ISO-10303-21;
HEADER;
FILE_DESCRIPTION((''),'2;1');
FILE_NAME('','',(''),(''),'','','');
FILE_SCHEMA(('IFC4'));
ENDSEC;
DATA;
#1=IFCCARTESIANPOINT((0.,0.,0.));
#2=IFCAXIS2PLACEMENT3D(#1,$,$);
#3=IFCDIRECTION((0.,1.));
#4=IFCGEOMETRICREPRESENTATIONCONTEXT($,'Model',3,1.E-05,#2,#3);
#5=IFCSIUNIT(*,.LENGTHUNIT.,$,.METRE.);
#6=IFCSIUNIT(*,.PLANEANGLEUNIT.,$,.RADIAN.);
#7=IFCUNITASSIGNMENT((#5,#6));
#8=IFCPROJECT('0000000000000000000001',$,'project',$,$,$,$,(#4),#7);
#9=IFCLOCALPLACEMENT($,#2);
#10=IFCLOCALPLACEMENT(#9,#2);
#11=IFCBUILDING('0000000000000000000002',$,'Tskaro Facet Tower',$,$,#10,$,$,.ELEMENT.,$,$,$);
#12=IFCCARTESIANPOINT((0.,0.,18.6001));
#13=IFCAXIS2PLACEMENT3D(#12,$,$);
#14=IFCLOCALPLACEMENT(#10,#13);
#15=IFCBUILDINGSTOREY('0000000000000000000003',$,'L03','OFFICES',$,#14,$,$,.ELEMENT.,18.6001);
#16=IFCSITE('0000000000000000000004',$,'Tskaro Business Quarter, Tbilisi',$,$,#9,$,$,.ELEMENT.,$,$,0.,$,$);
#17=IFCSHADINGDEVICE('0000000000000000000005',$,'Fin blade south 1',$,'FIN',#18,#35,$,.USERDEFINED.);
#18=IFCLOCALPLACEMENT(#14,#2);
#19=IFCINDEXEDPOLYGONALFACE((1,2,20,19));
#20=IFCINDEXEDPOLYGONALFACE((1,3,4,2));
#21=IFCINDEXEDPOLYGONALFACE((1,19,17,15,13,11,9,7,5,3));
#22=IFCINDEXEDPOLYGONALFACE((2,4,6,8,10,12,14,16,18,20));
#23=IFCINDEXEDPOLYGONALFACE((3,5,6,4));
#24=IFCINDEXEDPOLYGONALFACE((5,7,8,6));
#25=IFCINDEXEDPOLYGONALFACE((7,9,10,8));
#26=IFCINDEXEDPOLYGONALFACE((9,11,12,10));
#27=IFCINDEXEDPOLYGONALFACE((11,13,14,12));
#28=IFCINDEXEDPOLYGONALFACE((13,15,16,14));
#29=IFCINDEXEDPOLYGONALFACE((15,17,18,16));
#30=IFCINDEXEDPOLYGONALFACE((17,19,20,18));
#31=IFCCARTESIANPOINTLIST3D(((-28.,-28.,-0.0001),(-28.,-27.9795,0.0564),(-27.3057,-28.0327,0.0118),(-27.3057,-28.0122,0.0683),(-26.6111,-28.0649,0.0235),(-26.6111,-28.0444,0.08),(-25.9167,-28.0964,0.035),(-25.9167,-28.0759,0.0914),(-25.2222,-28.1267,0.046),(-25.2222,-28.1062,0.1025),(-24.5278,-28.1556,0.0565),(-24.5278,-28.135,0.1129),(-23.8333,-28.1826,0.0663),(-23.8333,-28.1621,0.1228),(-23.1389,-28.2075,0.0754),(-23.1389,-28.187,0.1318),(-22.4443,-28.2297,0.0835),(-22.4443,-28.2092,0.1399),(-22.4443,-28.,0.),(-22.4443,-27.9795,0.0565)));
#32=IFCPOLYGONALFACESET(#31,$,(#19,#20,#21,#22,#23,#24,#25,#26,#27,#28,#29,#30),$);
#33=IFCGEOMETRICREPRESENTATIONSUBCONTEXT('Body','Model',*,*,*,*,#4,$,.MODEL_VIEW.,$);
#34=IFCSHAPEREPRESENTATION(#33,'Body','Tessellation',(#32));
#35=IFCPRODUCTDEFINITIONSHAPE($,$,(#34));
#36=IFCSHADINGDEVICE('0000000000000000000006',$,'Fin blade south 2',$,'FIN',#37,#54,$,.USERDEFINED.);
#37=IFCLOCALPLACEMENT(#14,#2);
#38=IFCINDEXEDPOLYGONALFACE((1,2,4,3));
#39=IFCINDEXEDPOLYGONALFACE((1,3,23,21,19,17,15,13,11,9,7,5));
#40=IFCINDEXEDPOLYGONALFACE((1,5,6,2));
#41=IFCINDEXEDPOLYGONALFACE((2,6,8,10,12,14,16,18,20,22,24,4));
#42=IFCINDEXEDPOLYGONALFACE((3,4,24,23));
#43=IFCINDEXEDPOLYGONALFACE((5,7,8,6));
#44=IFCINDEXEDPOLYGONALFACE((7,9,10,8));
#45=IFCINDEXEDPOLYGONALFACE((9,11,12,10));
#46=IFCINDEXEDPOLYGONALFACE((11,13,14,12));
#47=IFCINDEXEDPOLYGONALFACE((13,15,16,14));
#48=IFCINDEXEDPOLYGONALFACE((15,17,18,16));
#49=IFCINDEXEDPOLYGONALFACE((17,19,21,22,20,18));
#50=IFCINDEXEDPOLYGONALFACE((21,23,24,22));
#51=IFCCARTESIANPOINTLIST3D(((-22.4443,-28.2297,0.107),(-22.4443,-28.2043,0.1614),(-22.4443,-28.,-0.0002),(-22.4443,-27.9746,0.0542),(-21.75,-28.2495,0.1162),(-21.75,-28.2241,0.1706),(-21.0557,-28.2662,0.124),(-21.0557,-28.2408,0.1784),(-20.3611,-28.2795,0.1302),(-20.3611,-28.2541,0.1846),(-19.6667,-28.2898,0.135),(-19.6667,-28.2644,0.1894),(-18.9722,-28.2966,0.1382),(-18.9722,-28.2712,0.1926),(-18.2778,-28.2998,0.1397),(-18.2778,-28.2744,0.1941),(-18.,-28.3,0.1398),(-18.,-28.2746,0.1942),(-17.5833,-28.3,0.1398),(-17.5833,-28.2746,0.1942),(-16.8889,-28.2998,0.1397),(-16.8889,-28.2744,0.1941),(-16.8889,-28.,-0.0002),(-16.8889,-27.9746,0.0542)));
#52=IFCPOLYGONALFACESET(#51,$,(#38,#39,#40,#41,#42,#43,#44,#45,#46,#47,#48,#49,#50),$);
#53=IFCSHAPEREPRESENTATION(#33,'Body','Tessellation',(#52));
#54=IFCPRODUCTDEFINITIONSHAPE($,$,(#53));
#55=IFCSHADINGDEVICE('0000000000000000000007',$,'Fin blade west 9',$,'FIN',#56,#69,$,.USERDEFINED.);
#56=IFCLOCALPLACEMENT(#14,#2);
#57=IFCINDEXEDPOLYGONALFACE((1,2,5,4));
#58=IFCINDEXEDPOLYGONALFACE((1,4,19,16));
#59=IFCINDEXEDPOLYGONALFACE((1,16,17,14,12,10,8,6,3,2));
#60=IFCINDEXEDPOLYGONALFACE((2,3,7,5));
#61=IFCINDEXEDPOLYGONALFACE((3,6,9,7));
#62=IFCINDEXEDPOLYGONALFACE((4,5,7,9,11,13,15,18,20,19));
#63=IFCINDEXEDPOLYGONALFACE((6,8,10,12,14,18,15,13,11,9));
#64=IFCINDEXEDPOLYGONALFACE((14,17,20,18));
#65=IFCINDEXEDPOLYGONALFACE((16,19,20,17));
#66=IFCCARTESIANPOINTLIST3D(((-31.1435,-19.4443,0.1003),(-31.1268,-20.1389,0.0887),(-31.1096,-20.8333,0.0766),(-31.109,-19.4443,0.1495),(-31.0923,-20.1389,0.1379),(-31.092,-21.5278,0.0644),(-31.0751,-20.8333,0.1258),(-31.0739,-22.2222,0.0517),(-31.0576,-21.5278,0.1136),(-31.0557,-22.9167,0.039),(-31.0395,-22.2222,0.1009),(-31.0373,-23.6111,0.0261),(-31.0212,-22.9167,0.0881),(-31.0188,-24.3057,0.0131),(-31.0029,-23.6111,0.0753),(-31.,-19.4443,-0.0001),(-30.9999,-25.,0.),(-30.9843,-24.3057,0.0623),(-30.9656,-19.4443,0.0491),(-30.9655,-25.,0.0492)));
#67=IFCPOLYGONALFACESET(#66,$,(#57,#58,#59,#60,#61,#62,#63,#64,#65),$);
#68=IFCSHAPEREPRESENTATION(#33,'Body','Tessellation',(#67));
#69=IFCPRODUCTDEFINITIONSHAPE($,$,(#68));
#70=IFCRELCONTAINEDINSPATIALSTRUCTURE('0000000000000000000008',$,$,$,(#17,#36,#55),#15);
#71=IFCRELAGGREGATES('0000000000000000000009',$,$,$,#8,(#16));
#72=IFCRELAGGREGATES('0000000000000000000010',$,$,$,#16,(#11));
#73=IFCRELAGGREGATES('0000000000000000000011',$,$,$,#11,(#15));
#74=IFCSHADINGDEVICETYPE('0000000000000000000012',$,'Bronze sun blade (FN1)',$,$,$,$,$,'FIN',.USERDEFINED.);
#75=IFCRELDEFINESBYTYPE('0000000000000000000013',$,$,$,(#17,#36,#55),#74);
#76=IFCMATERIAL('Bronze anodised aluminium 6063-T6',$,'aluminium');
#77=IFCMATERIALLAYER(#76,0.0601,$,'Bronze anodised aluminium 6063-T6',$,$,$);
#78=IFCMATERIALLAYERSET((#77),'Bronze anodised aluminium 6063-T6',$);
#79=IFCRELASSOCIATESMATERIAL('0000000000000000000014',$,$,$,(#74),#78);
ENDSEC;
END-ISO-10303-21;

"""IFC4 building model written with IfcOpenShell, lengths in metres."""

from ifc_helpers import new_model, si_unit, direction, frame, origin, place, context, subcontext, project, spatial, polyline, outline, extrude, material, layer, layer_set, type_object, element, save


model = new_model("IFC4")

# Units and contexts
model_context = context("Model", 3, precision=1e-05, world=origin(), true_north=direction((0.0, 1.0)))
body_context = subcontext(model_context, "Body", "Model", "MODEL_VIEW")
ifc_project = project(units=[si_unit("LENGTHUNIT", "METRE"), si_unit("PLANEANGLEUNIT", "RADIAN")], contexts=[model_context])

# Site, building, storey
site_placement = place(None, origin())
site = spatial("IfcSite", under=ifc_project, at=site_placement, Name="Tskaro Business Quarter, Tbilisi", CompositionType="ELEMENT", RefElevation=0.0)
building_placement = place(site_placement, origin())
building = spatial("IfcBuilding", under=site, at=building_placement, Name="Tskaro Facet Tower", CompositionType="ELEMENT")
storey_placement = place(building_placement, frame((0.0, 0.0, 18.6001)))
storey = spatial("IfcBuildingStorey", under=building, at=storey_placement, Name="L03", Description="OFFICES", CompositionType="ELEMENT", Elevation=18.6001)

# Shared definitions
ifc_material_1 = material(Name="Bronze anodised aluminium 6063-T6", Category="aluminium")

# Shading devices
ifc_layer_1 = layer(ifc_material_1, 0.0601, Name="Bronze anodised aluminium 6063-T6")
ifc_layer_set_1 = layer_set([ifc_layer_1], Name="Bronze anodised aluminium 6063-T6")
shading_device_type = type_object("IfcShadingDeviceType", Name="Bronze sun blade (FN1)", ElementType="FIN", PredefinedType="USERDEFINED", material=ifc_layer_set_1)
shading_device_1_placement = place(storey_placement, frame((-28.0, -27.9795, 0.0564), z_axis=(-0.000011, 0.341405, 0.939916), x_axis=(1.0, 0.000004, 0.00001)))
element("IfcShadingDevice", 1, at=shading_device_1_placement, inside=storey, type_object=shading_device_type, Name="Fin blade south 1", ObjectType="FIN", PredefinedType="USERDEFINED", context=body_context, shape_type="SweptSolid", body=[
    extrude(outline(polyline([(0.0, 0.0), (5.5557, 0.0), (5.5557, -0.2444), (4.8611, -0.2208), (4.1667, -0.1943), (3.4722, -0.1655), (2.7778, -0.1348), (2.0833, -0.1026), (1.3889, -0.069), (0.6943, -0.0348), (0.0, 0.0)])), origin(), (0.0, 0.0, -1.0), 0.0601),
])
shading_device_2_placement = place(storey_placement, frame((-22.4443, -27.9746, 0.0542), z_axis=(-0.000001, 0.422828, 0.90621), x_axis=(1.0, 0.0, 0.000001)))
element("IfcShadingDevice", 2, at=shading_device_2_placement, inside=storey, type_object=shading_device_type, Name="Fin blade south 2", ObjectType="FIN", PredefinedType="USERDEFINED", context=body_context, shape_type="SweptSolid", body=[
    extrude(outline(polyline([(0.0, 0.0), (5.5554, 0.0), (5.5554, -0.3308), (4.8611, -0.3311), (4.4443, -0.3311), (4.1665, -0.3308), (3.4722, -0.3273), (2.7776, -0.3198), (2.0833, -0.3084), (1.3887, -0.2937), (0.6943, -0.2754), (0.0, -0.2535), (0.0, 0.0)])), origin(), (0.0, 0.0, -1.0), 0.0601),
])
shading_device_3_placement = place(storey_placement, frame((-30.9656, -19.4443, 0.0491), z_axis=(0.573577, 0.000026, 0.819152), x_axis=(0.000015, -1.0, 0.000021)))
element("IfcShadingDevice", 3, at=shading_device_3_placement, inside=storey, type_object=shading_device_type, Name="Fin blade west 9", ObjectType="FIN", PredefinedType="USERDEFINED", context=body_context, shape_type="SweptSolid", body=[
    extrude(outline(polyline([(0.0, 0.0), (5.5557, 0.0), (4.8613, -0.023), (4.1667, -0.0456), (3.4724, -0.068), (2.7778, -0.0903), (2.0835, -0.1124), (1.3889, -0.1338), (0.6946, -0.1548), (0.0, -0.1751), (0.0, 0.0)])), origin(), (0.0, 0.0, -1.0), 0.0601),
])

save(model, "model.ifc")
